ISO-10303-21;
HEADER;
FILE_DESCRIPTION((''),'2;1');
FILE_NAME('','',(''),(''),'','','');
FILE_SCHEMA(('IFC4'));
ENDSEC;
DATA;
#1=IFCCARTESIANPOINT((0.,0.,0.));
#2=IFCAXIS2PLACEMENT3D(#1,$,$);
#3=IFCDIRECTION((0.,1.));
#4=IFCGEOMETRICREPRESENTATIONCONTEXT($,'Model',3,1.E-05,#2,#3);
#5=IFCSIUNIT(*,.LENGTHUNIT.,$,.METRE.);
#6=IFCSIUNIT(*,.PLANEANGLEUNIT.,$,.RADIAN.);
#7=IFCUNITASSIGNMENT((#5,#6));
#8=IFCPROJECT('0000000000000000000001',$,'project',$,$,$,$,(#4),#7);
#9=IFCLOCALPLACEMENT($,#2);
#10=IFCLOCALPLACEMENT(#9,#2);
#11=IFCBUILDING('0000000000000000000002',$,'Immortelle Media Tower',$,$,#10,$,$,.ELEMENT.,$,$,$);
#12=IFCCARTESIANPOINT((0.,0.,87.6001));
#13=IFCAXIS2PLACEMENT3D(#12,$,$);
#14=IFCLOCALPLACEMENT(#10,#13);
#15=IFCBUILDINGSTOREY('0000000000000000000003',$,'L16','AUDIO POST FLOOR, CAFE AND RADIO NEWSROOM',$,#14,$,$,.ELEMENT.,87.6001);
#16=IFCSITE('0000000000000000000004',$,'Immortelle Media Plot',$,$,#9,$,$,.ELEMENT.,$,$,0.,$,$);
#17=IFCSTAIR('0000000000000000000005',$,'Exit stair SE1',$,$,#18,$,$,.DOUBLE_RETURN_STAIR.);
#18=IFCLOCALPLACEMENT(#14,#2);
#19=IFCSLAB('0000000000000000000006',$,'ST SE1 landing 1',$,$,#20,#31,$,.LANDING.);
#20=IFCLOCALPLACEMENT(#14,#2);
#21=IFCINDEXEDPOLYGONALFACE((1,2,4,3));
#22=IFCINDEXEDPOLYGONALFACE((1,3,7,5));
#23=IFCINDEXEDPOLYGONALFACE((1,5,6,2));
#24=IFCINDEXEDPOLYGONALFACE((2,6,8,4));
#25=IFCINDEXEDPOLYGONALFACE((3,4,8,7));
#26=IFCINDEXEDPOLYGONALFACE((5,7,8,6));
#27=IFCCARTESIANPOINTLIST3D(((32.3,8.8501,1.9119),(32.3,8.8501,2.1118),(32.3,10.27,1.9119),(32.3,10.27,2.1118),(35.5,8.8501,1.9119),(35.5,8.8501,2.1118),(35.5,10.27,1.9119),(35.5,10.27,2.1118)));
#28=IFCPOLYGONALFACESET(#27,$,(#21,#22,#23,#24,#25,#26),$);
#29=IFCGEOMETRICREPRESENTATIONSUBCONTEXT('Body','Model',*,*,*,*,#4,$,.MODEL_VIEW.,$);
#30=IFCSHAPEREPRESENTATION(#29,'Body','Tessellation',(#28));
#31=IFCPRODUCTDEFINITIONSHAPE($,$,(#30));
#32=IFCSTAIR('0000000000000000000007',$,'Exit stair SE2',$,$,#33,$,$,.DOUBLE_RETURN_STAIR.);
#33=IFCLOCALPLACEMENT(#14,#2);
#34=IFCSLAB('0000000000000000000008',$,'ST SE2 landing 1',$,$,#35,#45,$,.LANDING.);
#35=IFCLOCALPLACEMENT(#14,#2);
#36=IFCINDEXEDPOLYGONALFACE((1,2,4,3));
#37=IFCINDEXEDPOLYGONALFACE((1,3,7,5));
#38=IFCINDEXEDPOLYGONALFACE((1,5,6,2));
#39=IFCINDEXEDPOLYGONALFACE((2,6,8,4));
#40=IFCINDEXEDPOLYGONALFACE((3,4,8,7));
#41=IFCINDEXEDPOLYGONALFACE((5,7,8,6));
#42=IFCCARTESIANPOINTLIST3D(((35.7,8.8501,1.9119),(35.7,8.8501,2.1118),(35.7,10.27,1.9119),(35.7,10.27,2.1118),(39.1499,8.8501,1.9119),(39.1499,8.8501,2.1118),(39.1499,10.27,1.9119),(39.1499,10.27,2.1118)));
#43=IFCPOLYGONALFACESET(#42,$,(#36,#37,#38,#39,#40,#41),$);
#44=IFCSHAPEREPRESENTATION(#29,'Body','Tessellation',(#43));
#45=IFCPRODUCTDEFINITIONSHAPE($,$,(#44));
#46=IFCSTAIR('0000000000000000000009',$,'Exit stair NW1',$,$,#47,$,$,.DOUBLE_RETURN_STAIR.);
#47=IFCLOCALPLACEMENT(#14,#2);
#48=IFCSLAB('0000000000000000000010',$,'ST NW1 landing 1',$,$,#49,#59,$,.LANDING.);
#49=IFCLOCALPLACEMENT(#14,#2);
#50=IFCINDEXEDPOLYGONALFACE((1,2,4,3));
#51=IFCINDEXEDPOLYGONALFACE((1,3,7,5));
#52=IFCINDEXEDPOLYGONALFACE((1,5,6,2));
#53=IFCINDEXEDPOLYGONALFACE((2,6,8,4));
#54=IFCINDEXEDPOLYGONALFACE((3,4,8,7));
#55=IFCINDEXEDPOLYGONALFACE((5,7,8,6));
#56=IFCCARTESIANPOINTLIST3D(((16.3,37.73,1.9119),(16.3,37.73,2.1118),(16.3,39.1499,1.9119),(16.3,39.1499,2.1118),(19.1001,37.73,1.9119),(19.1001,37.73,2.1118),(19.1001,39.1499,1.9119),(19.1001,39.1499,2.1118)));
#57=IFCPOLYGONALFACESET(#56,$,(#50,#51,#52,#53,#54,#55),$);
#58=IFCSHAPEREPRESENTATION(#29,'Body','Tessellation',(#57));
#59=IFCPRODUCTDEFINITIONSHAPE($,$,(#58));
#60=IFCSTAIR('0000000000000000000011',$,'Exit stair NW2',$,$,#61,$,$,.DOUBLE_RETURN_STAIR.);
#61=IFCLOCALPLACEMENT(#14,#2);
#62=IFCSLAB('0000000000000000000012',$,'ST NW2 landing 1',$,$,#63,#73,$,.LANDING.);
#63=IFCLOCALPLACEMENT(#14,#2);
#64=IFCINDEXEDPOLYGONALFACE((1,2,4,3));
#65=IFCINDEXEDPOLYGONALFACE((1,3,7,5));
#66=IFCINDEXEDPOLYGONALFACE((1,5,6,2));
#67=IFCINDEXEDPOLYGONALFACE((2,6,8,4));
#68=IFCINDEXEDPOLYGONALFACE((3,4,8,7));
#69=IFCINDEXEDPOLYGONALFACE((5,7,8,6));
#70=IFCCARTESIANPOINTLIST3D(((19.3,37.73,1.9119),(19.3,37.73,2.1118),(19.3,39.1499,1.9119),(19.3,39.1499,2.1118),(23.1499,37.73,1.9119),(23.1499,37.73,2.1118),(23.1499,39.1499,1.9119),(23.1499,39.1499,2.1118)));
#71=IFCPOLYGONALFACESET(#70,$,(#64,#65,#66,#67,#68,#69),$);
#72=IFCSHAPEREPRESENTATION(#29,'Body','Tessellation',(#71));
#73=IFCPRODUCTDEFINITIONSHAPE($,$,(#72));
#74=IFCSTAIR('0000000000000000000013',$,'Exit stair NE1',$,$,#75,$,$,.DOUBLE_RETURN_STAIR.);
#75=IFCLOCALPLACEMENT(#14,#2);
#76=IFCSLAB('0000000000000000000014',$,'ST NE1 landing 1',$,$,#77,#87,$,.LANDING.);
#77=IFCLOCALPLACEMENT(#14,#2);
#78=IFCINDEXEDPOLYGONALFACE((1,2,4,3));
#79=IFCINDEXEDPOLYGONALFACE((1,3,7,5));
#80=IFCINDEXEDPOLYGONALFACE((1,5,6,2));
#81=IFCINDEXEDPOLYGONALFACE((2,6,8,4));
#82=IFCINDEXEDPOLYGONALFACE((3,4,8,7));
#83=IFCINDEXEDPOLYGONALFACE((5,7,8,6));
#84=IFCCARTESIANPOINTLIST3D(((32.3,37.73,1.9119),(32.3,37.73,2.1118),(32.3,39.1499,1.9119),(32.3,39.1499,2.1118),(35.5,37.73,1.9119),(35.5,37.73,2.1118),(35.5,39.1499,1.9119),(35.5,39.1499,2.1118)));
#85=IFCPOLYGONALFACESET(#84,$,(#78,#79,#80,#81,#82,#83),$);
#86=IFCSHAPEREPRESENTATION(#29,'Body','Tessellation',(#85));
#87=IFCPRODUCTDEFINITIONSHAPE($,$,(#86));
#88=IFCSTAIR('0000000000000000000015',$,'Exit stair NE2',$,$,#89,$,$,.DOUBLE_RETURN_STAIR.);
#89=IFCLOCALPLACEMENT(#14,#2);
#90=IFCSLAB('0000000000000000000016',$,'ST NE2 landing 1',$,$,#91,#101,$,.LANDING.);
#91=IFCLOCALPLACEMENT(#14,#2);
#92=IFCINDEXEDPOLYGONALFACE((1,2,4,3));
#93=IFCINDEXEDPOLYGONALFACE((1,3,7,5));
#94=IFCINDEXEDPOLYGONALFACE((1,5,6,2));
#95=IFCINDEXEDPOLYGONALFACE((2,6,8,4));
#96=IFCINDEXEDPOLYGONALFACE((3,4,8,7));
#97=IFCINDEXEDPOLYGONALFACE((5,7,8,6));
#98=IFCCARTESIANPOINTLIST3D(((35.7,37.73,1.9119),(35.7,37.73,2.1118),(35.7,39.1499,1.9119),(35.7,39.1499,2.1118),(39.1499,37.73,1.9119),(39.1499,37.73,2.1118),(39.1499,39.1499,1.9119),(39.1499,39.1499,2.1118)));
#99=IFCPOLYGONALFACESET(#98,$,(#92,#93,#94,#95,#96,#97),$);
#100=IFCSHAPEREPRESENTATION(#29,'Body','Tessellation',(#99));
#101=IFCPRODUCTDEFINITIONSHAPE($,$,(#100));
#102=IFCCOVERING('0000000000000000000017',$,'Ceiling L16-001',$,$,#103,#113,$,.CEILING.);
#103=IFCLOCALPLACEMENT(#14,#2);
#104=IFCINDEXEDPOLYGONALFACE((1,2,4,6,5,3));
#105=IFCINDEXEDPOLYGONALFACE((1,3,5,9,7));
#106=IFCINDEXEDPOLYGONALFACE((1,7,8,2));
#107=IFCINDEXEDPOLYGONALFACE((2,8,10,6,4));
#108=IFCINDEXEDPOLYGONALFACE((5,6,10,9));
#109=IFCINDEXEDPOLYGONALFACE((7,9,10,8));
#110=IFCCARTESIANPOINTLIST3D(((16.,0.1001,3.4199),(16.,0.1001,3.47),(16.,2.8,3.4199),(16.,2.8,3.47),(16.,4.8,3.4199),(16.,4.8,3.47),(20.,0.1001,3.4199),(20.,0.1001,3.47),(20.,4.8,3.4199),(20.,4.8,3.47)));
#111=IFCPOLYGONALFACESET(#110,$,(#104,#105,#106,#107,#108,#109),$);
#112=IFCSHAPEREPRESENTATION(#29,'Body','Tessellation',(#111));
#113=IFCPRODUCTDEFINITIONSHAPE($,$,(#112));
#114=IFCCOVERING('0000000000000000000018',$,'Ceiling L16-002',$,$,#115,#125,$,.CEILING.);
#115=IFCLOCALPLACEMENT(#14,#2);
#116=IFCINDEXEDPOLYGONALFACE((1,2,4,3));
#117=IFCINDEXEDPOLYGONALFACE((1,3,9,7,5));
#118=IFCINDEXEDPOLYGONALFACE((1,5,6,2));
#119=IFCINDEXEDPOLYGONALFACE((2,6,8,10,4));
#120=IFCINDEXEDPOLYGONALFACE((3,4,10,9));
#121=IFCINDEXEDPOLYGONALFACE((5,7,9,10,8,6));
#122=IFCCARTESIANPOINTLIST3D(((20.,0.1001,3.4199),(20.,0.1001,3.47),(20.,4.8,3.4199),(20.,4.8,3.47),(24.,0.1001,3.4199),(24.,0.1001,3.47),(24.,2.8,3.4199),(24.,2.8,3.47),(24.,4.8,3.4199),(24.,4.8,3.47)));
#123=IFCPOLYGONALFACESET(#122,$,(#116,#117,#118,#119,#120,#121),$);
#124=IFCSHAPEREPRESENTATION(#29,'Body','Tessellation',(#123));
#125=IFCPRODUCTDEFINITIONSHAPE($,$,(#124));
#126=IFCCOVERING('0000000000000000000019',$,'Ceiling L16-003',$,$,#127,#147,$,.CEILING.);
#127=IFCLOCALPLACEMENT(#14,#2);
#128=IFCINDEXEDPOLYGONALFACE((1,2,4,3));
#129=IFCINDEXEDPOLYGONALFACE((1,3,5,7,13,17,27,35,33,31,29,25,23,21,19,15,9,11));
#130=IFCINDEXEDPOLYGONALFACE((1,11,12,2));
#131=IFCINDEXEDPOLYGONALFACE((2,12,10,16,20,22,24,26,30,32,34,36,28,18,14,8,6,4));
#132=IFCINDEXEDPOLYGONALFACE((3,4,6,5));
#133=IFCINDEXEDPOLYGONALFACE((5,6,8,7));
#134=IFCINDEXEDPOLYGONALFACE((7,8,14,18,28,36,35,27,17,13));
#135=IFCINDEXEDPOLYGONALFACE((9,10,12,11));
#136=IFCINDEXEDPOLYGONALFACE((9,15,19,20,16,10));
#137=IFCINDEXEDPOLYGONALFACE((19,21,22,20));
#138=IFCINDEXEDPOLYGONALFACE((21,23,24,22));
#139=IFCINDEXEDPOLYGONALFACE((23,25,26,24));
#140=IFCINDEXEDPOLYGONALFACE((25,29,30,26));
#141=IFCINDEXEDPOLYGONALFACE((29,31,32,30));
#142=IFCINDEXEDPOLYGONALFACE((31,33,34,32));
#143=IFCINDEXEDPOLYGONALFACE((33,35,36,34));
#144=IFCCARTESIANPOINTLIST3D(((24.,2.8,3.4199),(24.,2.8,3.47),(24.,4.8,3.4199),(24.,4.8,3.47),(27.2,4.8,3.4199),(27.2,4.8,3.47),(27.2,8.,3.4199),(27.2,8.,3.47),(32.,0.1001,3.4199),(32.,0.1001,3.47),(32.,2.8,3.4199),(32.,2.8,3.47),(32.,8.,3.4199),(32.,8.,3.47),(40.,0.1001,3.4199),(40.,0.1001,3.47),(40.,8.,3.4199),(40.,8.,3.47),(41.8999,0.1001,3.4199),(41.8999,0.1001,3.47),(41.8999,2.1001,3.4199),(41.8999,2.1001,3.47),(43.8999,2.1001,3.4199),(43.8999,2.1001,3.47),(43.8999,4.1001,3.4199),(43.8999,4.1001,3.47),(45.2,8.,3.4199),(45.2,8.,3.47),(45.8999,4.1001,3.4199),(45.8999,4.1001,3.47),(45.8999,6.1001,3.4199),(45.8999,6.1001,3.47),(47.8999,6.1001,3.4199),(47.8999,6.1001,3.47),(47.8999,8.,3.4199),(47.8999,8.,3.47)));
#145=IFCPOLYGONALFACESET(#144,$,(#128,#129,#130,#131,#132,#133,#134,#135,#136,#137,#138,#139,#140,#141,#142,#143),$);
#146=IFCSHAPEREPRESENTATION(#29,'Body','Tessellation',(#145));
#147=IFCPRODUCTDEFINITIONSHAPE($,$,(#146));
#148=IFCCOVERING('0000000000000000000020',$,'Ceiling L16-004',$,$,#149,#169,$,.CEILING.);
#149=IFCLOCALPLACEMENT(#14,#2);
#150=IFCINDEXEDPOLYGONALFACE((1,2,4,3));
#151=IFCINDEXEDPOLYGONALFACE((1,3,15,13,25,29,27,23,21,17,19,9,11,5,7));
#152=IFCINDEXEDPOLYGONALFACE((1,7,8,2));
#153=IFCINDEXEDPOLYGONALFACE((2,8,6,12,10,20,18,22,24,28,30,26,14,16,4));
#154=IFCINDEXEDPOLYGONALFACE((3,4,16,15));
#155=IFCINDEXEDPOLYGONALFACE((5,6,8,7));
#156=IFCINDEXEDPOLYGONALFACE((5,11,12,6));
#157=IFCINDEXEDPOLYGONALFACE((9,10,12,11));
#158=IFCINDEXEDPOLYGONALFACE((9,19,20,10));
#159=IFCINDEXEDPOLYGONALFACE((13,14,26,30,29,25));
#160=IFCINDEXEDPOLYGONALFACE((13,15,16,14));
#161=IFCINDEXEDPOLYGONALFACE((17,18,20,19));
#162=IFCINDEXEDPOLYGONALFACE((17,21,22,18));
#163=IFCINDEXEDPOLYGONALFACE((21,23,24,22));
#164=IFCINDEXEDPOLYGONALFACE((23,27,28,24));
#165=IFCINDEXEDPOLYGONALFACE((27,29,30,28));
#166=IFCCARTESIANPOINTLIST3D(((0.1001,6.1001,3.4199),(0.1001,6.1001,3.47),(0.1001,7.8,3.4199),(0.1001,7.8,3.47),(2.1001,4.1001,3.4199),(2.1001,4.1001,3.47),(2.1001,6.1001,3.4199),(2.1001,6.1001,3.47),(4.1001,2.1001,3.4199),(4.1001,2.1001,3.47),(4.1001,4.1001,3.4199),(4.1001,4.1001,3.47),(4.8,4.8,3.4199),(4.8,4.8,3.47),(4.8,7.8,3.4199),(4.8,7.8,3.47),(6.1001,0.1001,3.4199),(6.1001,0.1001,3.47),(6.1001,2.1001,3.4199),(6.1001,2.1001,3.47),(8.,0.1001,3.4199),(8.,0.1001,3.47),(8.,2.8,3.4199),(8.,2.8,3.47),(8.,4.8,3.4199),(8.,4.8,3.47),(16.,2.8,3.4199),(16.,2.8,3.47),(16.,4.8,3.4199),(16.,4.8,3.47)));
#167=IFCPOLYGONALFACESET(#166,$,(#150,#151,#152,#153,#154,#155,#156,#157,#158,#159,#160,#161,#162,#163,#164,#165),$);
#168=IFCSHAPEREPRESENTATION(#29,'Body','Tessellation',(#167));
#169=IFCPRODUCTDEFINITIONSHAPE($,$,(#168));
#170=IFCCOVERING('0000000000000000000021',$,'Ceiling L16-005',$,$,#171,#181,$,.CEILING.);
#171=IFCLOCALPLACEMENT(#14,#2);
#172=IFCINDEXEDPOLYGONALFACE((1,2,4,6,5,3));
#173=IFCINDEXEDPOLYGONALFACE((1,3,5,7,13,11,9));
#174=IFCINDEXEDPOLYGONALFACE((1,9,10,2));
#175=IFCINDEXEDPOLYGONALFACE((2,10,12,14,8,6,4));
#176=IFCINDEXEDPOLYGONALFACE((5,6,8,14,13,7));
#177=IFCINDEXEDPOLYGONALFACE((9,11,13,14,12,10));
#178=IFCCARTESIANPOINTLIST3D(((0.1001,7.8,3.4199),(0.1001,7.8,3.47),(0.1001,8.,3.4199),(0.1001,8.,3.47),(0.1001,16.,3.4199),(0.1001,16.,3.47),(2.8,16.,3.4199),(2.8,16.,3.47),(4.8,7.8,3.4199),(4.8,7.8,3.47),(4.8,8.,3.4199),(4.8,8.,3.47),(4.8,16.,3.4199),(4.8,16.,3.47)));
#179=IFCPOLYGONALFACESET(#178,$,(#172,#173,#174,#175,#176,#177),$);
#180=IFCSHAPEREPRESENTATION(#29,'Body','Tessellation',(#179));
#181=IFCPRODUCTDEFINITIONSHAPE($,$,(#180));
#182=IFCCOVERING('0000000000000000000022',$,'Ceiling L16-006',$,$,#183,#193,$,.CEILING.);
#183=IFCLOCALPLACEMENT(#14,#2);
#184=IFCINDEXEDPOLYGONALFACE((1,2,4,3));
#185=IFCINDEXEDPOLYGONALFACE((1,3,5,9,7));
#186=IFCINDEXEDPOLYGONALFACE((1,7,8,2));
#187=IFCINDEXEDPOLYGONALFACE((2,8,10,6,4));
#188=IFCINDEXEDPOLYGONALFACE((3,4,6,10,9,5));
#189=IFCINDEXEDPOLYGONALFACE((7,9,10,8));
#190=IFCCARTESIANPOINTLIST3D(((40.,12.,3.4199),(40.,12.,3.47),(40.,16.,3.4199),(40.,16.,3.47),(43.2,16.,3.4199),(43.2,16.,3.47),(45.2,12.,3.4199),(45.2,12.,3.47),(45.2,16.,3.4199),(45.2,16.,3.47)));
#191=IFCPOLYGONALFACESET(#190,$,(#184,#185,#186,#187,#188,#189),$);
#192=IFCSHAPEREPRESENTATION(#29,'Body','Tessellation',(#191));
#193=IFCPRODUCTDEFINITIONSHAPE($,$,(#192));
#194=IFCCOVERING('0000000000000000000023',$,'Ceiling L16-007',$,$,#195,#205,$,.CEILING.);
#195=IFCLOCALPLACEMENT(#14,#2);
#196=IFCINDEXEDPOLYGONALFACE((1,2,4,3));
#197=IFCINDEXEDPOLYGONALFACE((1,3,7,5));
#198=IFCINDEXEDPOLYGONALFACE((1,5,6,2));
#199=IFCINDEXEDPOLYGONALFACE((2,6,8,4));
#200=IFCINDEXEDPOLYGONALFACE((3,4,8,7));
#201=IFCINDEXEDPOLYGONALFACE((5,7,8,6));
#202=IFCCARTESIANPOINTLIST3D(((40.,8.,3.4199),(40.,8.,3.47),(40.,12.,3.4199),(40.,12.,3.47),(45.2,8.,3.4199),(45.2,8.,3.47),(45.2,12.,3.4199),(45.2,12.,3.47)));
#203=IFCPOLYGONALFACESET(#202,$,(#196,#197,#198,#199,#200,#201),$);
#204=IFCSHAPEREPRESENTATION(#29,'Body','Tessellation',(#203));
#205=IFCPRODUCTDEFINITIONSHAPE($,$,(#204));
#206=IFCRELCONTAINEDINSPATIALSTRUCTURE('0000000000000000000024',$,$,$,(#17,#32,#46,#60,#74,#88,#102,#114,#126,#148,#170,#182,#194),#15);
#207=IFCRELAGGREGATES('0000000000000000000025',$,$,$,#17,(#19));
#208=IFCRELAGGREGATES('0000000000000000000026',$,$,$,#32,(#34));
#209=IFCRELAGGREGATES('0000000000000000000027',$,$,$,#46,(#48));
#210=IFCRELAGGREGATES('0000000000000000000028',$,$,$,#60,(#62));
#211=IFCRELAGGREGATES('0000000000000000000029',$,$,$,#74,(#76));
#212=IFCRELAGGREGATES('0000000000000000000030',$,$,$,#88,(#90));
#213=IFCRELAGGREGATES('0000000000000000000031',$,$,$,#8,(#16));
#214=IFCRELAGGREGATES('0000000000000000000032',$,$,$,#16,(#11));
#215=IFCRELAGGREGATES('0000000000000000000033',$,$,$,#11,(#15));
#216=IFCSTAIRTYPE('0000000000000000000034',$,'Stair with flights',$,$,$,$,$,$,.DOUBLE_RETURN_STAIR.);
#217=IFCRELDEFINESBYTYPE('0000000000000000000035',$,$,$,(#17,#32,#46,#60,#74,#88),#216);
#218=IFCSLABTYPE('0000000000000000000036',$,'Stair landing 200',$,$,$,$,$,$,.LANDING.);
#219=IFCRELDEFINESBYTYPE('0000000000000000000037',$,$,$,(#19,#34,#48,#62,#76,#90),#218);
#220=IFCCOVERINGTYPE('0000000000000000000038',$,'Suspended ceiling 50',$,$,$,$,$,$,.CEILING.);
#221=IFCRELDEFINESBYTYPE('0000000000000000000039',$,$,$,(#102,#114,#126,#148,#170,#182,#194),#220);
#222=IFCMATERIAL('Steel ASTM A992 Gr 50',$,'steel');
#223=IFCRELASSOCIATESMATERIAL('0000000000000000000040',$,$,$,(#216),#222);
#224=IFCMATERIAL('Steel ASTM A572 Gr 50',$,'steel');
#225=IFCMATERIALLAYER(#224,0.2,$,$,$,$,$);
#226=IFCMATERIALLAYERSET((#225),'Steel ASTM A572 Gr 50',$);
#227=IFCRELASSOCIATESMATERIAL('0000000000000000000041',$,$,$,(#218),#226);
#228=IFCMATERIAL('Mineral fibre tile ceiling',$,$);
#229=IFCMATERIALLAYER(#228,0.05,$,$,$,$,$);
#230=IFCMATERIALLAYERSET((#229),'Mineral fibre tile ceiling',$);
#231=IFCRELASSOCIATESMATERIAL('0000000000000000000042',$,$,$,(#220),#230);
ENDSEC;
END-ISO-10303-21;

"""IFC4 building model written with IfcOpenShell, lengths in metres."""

from ifc_helpers import new_model, si_unit, direction, frame, origin, place, context, subcontext, project, spatial, polyline, outline, extrude, material, layer, layer_set, type_object, element, aggregate, save


model = new_model("IFC4")

# Units and contexts
model_context = context("Model", 3, precision=1e-05, world=origin(), true_north=direction((0.0, 1.0)))
body_context = subcontext(model_context, "Body", "Model", "MODEL_VIEW")
ifc_project = project(units=[si_unit("LENGTHUNIT", "METRE"), si_unit("PLANEANGLEUNIT", "RADIAN")], contexts=[model_context])

# Site, building, storey
site_placement = place(None, origin())
site = spatial("IfcSite", under=ifc_project, at=site_placement, Name="Immortelle Media Plot", CompositionType="ELEMENT", RefElevation=0.0)
building_placement = place(site_placement, origin())
building = spatial("IfcBuilding", under=site, at=building_placement, Name="Immortelle Media Tower", CompositionType="ELEMENT")
storey_placement = place(building_placement, frame((0.0, 0.0, 87.6001)))
storey = spatial("IfcBuildingStorey", under=building, at=storey_placement, Name="L16", Description="AUDIO POST FLOOR, CAFE AND RADIO NEWSROOM", CompositionType="ELEMENT", Elevation=87.6001)

# Stairs, slabs
ifc_material_1 = material(Name="Steel ASTM A992 Gr 50", Category="steel")
stair_type = type_object("IfcStairType", Name="Stair with flights", PredefinedType="DOUBLE_RETURN_STAIR", material=ifc_material_1)
ifc_material_2 = material(Name="Steel ASTM A572 Gr 50", Category="steel")
ifc_layer_1 = layer(ifc_material_2, 0.2)
ifc_layer_set_1 = layer_set([ifc_layer_1], Name="Steel ASTM A572 Gr 50")
slab_type_1 = type_object("IfcSlabType", Name="Stair landing 200", PredefinedType="LANDING", material=ifc_layer_set_1)
stair_1_placement = place(storey_placement, origin())
stair_1 = element("IfcStair", 1, at=stair_1_placement, inside=storey, type_object=stair_type, Name="Exit stair SE1", PredefinedType="DOUBLE_RETURN_STAIR")
slab_1_placement = place(storey_placement, frame((0.0, 0.0, 1.9119)))
slab_1 = element("IfcSlab", 2, at=slab_1_placement, type_object=slab_type_1, Name="ST SE1 landing 1", PredefinedType="LANDING", context=body_context, shape_type="SweptSolid", body=[
    extrude(outline(polyline([(32.3, 8.8501), (35.5, 8.8501), (35.5, 10.27), (32.3, 10.27), (32.3, 8.8501)])), origin(), (0.0, 0.0, 1.0), 0.2),
])
aggregate(stair_1, [slab_1])
stair_2_placement = place(storey_placement, origin())
stair_2 = element("IfcStair", 3, at=stair_2_placement, inside=storey, type_object=stair_type, Name="Exit stair SE2", PredefinedType="DOUBLE_RETURN_STAIR")
slab_2_placement = place(storey_placement, frame((0.0, 0.0, 1.9119)))
slab_2 = element("IfcSlab", 4, at=slab_2_placement, type_object=slab_type_1, Name="ST SE2 landing 1", PredefinedType="LANDING", context=body_context, shape_type="SweptSolid", body=[
    extrude(outline(polyline([(35.7, 8.8501), (39.1499, 8.8501), (39.1499, 10.27), (35.7, 10.27), (35.7, 8.8501)])), origin(), (0.0, 0.0, 1.0), 0.2),
])
aggregate(stair_2, [slab_2])
stair_3_placement = place(storey_placement, origin())
stair_3 = element("IfcStair", 5, at=stair_3_placement, inside=storey, type_object=stair_type, Name="Exit stair NW1", PredefinedType="DOUBLE_RETURN_STAIR")
slab_3_placement = place(storey_placement, frame((0.0, 0.0, 1.9119)))
slab_3 = element("IfcSlab", 6, at=slab_3_placement, type_object=slab_type_1, Name="ST NW1 landing 1", PredefinedType="LANDING", context=body_context, shape_type="SweptSolid", body=[
    extrude(outline(polyline([(16.3, 37.73), (19.1001, 37.73), (19.1001, 39.1499), (16.3, 39.1499), (16.3, 37.73)])), origin(), (0.0, 0.0, 1.0), 0.2),
])
aggregate(stair_3, [slab_3])
stair_4_placement = place(storey_placement, origin())
stair_4 = element("IfcStair", 7, at=stair_4_placement, inside=storey, type_object=stair_type, Name="Exit stair NW2", PredefinedType="DOUBLE_RETURN_STAIR")
slab_4_placement = place(storey_placement, frame((0.0, 0.0, 1.9119)))
slab_4 = element("IfcSlab", 8, at=slab_4_placement, type_object=slab_type_1, Name="ST NW2 landing 1", PredefinedType="LANDING", context=body_context, shape_type="SweptSolid", body=[
    extrude(outline(polyline([(19.3, 37.73), (23.1499, 37.73), (23.1499, 39.1499), (19.3, 39.1499), (19.3, 37.73)])), origin(), (0.0, 0.0, 1.0), 0.2),
])
aggregate(stair_4, [slab_4])
stair_5_placement = place(storey_placement, origin())
stair_5 = element("IfcStair", 9, at=stair_5_placement, inside=storey, type_object=stair_type, Name="Exit stair NE1", PredefinedType="DOUBLE_RETURN_STAIR")
slab_5_placement = place(storey_placement, frame((0.0, 0.0, 1.9119)))
slab_5 = element("IfcSlab", 10, at=slab_5_placement, type_object=slab_type_1, Name="ST NE1 landing 1", PredefinedType="LANDING", context=body_context, shape_type="SweptSolid", body=[
    extrude(outline(polyline([(32.3, 37.73), (35.5, 37.73), (35.5, 39.1499), (32.3, 39.1499), (32.3, 37.73)])), origin(), (0.0, 0.0, 1.0), 0.2),
])
aggregate(stair_5, [slab_5])
stair_6_placement = place(storey_placement, origin())
stair_6 = element("IfcStair", 11, at=stair_6_placement, inside=storey, type_object=stair_type, Name="Exit stair NE2", PredefinedType="DOUBLE_RETURN_STAIR")
slab_6_placement = place(storey_placement, frame((0.0, 0.0, 1.9119)))
slab_6 = element("IfcSlab", 12, at=slab_6_placement, type_object=slab_type_1, Name="ST NE2 landing 1", PredefinedType="LANDING", context=body_context, shape_type="SweptSolid", body=[
    extrude(outline(polyline([(35.7, 37.73), (39.1499, 37.73), (39.1499, 39.1499), (35.7, 39.1499), (35.7, 37.73)])), origin(), (0.0, 0.0, 1.0), 0.2),
])
aggregate(stair_6, [slab_6])

# Coverings
ifc_material_3 = material(Name="Mineral fibre tile ceiling")
ifc_layer_2 = layer(ifc_material_3, 0.05)
ifc_layer_set_2 = layer_set([ifc_layer_2], Name="Mineral fibre tile ceiling")
covering_type = type_object("IfcCoveringType", Name="Suspended ceiling 50", PredefinedType="CEILING", material=ifc_layer_set_2)
covering_1_placement = place(storey_placement, frame((0.0, 0.0, 3.4199)))
element("IfcCovering", 13, at=covering_1_placement, inside=storey, type_object=covering_type, Name="Ceiling L16-001", PredefinedType="CEILING", context=body_context, shape_type="SweptSolid", body=[
    extrude(outline(polyline([(16.0, 2.8), (16.0, 4.8), (20.0, 4.8), (20.0, 0.1001), (16.0, 0.1001), (16.0, 2.8)])), origin(), (0.0, 0.0, 1.0), 0.05),
])
covering_2_placement = place(storey_placement, frame((0.0, 0.0, 3.4199)))
element("IfcCovering", 14, at=covering_2_placement, inside=storey, type_object=covering_type, Name="Ceiling L16-002", PredefinedType="CEILING", context=body_context, shape_type="SweptSolid", body=[
    extrude(outline(polyline([(24.0, 4.8), (24.0, 2.8), (24.0, 0.1001), (20.0, 0.1001), (20.0, 4.8), (24.0, 4.8)])), origin(), (0.0, 0.0, 1.0), 0.05),
])
covering_3_placement = place(storey_placement, frame((0.0, 0.0, 3.4199)))
element("IfcCovering", 15, at=covering_3_placement, inside=storey, type_object=covering_type, Name="Ceiling L16-003", PredefinedType="CEILING", context=body_context, shape_type="SweptSolid", body=[
    extrude(outline(polyline([(24.0, 2.8), (24.0, 4.8), (27.2, 4.8), (27.2, 8.0), (32.0, 8.0), (40.0, 8.0), (45.2, 8.0), (47.8999, 8.0), (47.8999, 6.1001), (45.8999, 6.1001), (45.8999, 4.1001), (43.8999, 4.1001), (43.8999, 2.1001), (41.8999, 2.1001), (41.8999, 0.1001), (40.0, 0.1001), (32.0, 0.1001), (32.0, 2.8), (24.0, 2.8)])), origin(), (0.0, 0.0, 1.0), 0.05),
])
covering_4_placement = place(storey_placement, frame((0.0, 0.0, 3.4199)))
element("IfcCovering", 16, at=covering_4_placement, inside=storey, type_object=covering_type, Name="Ceiling L16-004", PredefinedType="CEILING", context=body_context, shape_type="SweptSolid", body=[
    extrude(outline(polyline([(8.0, 2.8), (8.0, 0.1001), (6.1001, 0.1001), (6.1001, 2.1001), (4.1001, 2.1001), (4.1001, 4.1001), (2.1001, 4.1001), (2.1001, 6.1001), (0.1001, 6.1001), (0.1001, 7.8), (4.8, 7.8), (4.8, 4.8), (8.0, 4.8), (16.0, 4.8), (16.0, 2.8), (8.0, 2.8)])), origin(), (0.0, 0.0, 1.0), 0.05),
])
covering_5_placement = place(storey_placement, frame((0.0, 0.0, 3.4199)))
element("IfcCovering", 17, at=covering_5_placement, inside=storey, type_object=covering_type, Name="Ceiling L16-005", PredefinedType="CEILING", context=body_context, shape_type="SweptSolid", body=[
    extrude(outline(polyline([(0.1001, 8.0), (0.1001, 16.0), (2.8, 16.0), (4.8, 16.0), (4.8, 8.0), (4.8, 7.8), (0.1001, 7.8), (0.1001, 8.0)])), origin(), (0.0, 0.0, 1.0), 0.05),
])
covering_6_placement = place(storey_placement, frame((0.0, 0.0, 3.4199)))
element("IfcCovering", 18, at=covering_6_placement, inside=storey, type_object=covering_type, Name="Ceiling L16-006", PredefinedType="CEILING", context=body_context, shape_type="SweptSolid", body=[
    extrude(outline(polyline([(40.0, 16.0), (43.2, 16.0), (45.2, 16.0), (45.2, 12.0), (40.0, 12.0), (40.0, 16.0)])), origin(), (0.0, 0.0, 1.0), 0.05),
])
covering_7_placement = place(storey_placement, frame((0.0, 0.0, 3.4199)))
element("IfcCovering", 19, at=covering_7_placement, inside=storey, type_object=covering_type, Name="Ceiling L16-007", PredefinedType="CEILING", context=body_context, shape_type="SweptSolid", body=[
    extrude(outline(polyline([(40.0, 8.0), (40.0, 12.0), (45.2, 12.0), (45.2, 8.0), (40.0, 8.0)])), origin(), (0.0, 0.0, 1.0), 0.05),
])

save(model, "model.ifc")
